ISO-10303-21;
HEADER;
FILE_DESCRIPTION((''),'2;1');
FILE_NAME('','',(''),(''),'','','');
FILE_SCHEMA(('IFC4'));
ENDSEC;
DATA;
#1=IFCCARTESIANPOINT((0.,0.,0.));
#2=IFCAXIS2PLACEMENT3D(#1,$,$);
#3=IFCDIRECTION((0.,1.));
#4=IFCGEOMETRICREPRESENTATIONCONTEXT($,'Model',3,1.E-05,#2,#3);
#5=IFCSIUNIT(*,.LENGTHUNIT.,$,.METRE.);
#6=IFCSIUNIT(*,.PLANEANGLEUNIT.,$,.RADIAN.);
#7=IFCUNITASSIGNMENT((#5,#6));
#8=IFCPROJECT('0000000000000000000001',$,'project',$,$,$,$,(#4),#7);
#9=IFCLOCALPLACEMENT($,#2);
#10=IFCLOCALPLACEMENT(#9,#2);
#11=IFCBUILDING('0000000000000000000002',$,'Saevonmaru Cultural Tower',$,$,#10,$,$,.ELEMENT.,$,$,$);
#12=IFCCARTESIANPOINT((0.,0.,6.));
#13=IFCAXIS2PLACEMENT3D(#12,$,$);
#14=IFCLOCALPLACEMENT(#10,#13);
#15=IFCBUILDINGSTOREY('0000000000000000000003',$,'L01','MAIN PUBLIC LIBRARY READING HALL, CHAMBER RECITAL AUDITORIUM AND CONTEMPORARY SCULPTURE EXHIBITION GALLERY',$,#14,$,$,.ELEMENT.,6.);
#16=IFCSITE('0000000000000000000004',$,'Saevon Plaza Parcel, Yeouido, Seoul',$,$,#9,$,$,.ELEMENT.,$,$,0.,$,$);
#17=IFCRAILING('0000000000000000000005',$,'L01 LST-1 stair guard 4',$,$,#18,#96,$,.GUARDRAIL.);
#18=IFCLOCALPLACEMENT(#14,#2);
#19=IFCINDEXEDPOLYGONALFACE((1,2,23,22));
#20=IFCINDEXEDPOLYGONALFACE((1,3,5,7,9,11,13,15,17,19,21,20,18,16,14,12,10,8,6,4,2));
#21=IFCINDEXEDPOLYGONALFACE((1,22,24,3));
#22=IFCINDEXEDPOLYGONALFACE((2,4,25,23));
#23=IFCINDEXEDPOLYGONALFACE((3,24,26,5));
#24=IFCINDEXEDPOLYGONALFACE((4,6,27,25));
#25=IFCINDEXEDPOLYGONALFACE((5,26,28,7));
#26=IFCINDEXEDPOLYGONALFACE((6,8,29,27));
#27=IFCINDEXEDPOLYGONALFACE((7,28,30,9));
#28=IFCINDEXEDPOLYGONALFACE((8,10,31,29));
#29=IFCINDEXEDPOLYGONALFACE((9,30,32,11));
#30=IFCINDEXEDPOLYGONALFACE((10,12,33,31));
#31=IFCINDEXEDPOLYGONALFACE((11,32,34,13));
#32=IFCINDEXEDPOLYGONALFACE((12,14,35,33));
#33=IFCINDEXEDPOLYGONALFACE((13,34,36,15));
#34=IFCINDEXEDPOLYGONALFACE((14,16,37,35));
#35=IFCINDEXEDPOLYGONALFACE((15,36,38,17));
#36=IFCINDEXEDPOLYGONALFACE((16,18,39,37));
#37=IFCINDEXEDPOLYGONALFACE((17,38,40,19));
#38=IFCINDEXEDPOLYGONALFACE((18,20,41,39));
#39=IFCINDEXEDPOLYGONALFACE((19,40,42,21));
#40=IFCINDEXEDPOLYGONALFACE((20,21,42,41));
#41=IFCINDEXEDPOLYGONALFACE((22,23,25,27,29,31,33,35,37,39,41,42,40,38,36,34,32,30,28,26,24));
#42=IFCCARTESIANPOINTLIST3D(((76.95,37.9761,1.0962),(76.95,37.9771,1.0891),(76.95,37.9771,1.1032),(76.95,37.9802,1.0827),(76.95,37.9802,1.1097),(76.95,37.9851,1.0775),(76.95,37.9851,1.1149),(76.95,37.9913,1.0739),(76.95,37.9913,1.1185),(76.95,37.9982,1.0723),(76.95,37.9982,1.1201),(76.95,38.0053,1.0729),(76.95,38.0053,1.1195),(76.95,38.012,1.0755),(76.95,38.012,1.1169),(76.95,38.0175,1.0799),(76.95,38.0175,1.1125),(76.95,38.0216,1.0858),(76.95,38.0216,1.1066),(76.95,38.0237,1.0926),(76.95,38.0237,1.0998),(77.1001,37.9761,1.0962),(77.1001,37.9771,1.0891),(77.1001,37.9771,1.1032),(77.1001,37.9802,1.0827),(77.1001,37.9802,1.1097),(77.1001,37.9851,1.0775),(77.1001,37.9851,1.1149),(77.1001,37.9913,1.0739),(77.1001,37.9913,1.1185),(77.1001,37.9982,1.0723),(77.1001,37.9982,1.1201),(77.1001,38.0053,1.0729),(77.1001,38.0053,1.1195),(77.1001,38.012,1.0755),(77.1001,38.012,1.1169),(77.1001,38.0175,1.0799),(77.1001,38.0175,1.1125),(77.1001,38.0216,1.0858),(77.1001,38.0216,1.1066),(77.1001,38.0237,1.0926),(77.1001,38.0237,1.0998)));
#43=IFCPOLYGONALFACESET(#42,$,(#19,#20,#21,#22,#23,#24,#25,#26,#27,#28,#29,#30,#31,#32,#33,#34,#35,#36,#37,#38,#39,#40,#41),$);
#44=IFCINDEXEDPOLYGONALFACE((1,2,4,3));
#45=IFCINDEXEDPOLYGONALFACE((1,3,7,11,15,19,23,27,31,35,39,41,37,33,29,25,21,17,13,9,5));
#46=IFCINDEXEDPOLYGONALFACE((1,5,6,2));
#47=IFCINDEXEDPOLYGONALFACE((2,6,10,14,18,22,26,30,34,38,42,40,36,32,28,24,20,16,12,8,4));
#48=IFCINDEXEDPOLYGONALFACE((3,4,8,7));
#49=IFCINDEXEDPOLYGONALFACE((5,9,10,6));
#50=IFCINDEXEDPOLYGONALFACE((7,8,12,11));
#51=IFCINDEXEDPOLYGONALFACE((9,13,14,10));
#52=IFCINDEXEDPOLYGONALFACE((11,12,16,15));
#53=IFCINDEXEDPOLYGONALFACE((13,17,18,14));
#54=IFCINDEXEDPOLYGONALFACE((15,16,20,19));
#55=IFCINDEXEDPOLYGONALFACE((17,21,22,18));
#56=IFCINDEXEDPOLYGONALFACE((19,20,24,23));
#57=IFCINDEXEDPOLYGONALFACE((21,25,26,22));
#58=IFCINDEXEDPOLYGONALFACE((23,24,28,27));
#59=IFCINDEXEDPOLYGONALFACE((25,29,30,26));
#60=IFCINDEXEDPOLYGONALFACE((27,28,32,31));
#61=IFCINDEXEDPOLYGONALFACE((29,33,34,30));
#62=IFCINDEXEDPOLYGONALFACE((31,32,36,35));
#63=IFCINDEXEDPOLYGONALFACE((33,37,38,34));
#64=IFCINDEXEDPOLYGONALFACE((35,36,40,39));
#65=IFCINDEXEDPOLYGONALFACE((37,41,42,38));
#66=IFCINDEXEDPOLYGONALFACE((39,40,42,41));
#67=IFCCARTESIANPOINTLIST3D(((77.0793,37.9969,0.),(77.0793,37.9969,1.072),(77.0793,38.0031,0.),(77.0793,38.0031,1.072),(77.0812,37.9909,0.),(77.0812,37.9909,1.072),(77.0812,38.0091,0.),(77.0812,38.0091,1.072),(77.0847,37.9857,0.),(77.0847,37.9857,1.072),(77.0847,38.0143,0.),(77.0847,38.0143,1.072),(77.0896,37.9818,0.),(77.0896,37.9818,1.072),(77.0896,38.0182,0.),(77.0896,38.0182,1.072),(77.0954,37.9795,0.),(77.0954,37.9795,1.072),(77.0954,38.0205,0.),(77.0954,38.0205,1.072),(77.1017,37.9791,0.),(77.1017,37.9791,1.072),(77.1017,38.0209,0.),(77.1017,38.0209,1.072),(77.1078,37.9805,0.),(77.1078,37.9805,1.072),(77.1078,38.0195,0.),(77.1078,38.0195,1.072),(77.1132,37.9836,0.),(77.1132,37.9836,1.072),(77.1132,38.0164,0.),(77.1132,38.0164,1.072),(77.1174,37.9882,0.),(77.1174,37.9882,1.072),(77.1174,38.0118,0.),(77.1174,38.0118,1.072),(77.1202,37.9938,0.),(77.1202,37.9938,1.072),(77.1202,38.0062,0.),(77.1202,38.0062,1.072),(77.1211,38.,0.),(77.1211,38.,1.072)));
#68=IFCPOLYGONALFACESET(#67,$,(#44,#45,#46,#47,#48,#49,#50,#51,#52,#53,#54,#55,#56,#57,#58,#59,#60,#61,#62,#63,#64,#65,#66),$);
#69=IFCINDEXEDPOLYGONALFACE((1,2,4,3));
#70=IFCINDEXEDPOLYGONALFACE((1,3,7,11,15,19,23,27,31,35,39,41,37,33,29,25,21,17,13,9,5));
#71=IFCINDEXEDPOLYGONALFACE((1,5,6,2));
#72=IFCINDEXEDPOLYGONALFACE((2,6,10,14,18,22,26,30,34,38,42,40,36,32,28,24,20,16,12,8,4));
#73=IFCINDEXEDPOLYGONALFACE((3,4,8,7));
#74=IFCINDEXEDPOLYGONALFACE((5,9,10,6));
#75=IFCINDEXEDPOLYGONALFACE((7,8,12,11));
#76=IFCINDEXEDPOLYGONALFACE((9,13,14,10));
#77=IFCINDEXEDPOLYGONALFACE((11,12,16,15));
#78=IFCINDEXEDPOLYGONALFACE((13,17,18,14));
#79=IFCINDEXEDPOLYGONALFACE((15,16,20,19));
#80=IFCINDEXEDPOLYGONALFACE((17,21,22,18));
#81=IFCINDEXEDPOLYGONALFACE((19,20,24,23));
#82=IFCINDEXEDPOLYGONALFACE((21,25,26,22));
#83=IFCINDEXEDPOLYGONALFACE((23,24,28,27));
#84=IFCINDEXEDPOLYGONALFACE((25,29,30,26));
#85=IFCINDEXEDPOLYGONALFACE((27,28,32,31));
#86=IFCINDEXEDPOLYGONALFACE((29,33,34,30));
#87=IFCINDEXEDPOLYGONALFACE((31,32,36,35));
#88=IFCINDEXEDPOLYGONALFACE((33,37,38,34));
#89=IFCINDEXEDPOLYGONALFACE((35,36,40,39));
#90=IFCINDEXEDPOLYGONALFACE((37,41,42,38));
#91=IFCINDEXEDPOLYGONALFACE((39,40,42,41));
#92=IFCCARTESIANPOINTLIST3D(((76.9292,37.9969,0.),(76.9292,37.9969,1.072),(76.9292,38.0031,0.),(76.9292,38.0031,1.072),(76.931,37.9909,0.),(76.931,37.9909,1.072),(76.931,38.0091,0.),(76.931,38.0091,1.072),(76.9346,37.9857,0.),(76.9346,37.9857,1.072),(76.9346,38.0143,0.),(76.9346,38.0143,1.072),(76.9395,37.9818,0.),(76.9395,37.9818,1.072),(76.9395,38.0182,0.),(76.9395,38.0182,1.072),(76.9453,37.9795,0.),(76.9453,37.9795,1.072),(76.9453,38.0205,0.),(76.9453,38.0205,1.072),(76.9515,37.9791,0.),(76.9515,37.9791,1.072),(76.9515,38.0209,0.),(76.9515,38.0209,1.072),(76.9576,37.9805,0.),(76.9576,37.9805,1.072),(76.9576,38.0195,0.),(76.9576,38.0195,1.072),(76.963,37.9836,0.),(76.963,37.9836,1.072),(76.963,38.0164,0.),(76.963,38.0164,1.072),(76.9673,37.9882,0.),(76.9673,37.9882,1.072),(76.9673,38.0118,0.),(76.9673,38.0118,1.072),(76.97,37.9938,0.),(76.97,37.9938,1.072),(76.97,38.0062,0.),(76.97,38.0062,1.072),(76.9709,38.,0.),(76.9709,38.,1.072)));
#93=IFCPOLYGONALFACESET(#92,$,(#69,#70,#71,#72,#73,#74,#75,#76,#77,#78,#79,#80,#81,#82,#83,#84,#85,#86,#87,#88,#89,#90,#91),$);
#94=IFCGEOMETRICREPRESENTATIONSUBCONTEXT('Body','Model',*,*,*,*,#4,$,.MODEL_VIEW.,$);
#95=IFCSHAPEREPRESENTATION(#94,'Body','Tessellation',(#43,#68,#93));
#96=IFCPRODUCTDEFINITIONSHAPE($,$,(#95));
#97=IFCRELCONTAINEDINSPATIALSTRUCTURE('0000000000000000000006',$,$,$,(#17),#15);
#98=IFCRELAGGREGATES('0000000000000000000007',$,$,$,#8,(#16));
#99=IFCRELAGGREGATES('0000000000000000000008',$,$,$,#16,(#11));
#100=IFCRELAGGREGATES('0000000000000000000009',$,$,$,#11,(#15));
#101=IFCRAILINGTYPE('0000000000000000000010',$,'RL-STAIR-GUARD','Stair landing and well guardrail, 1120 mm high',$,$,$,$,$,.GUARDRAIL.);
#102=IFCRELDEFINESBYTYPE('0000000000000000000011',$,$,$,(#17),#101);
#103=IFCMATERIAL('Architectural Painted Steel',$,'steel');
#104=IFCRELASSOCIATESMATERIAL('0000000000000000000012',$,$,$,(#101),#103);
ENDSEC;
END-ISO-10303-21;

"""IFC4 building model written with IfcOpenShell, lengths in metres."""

from ifc_helpers import new_model, si_unit, direction, frame, origin, origin_2d, place, context, subcontext, project, spatial, circle, extrude, material, type_object, element, save


model = new_model("IFC4")

# Units and contexts
model_context = context("Model", 3, precision=1e-05, world=origin(), true_north=direction((0.0, 1.0)))
body_context = subcontext(model_context, "Body", "Model", "MODEL_VIEW")
ifc_project = project(units=[si_unit("LENGTHUNIT", "METRE"), si_unit("PLANEANGLEUNIT", "RADIAN")], contexts=[model_context])

# Site, building, storey
site_placement = place(None, origin())
site = spatial("IfcSite", under=ifc_project, at=site_placement, Name="Saevon Plaza Parcel, Yeouido, Seoul", CompositionType="ELEMENT", RefElevation=0.0)
building_placement = place(site_placement, origin())
building = spatial("IfcBuilding", under=site, at=building_placement, Name="Saevonmaru Cultural Tower", CompositionType="ELEMENT")
storey_placement = place(building_placement, frame((0.0, 0.0, 6.0)))
storey = spatial("IfcBuildingStorey", under=building, at=storey_placement, Name="L01", Description="MAIN PUBLIC LIBRARY READING HALL, CHAMBER RECITAL AUDITORIUM AND CONTEMPORARY SCULPTURE EXHIBITION GALLERY", CompositionType="ELEMENT", Elevation=6.0)

# Railing
ifc_material_1 = material(Name="Architectural Painted Steel", Category="steel")
railing_type_1 = type_object("IfcRailingType", Name="RL-STAIR-GUARD", Description="Stair landing and well guardrail, 1120 mm high", PredefinedType="GUARDRAIL", material=ifc_material_1)
railing_1_placement = place(storey_placement, frame((77.1001, 38.0, 0.0)))
element("IfcRailing", 1, at=railing_1_placement, inside=storey, type_object=railing_type_1, Name="L01 LST-1 stair guard 4", PredefinedType="GUARDRAIL", context=body_context, shape_type="SweptSolid", body=[
    extrude(circle(Radius=0.0239, at=origin_2d()), frame((0.0, 0.0, 1.0962), z_axis=(-1.0, 0.0, 0.0), x_axis=(0.0, -1.0, 0.0)), (0.0, 0.0, 1.0), 0.1501),
    extrude(circle(Radius=0.021, at=origin_2d()), origin(), (0.0, 0.0, 1.0), 1.072),
    extrude(circle(Radius=0.021, at=origin_2d()), frame((-0.1501, 0.0, 0.0)), (0.0, 0.0, 1.0), 1.072),
])

save(model, "model.ifc")
